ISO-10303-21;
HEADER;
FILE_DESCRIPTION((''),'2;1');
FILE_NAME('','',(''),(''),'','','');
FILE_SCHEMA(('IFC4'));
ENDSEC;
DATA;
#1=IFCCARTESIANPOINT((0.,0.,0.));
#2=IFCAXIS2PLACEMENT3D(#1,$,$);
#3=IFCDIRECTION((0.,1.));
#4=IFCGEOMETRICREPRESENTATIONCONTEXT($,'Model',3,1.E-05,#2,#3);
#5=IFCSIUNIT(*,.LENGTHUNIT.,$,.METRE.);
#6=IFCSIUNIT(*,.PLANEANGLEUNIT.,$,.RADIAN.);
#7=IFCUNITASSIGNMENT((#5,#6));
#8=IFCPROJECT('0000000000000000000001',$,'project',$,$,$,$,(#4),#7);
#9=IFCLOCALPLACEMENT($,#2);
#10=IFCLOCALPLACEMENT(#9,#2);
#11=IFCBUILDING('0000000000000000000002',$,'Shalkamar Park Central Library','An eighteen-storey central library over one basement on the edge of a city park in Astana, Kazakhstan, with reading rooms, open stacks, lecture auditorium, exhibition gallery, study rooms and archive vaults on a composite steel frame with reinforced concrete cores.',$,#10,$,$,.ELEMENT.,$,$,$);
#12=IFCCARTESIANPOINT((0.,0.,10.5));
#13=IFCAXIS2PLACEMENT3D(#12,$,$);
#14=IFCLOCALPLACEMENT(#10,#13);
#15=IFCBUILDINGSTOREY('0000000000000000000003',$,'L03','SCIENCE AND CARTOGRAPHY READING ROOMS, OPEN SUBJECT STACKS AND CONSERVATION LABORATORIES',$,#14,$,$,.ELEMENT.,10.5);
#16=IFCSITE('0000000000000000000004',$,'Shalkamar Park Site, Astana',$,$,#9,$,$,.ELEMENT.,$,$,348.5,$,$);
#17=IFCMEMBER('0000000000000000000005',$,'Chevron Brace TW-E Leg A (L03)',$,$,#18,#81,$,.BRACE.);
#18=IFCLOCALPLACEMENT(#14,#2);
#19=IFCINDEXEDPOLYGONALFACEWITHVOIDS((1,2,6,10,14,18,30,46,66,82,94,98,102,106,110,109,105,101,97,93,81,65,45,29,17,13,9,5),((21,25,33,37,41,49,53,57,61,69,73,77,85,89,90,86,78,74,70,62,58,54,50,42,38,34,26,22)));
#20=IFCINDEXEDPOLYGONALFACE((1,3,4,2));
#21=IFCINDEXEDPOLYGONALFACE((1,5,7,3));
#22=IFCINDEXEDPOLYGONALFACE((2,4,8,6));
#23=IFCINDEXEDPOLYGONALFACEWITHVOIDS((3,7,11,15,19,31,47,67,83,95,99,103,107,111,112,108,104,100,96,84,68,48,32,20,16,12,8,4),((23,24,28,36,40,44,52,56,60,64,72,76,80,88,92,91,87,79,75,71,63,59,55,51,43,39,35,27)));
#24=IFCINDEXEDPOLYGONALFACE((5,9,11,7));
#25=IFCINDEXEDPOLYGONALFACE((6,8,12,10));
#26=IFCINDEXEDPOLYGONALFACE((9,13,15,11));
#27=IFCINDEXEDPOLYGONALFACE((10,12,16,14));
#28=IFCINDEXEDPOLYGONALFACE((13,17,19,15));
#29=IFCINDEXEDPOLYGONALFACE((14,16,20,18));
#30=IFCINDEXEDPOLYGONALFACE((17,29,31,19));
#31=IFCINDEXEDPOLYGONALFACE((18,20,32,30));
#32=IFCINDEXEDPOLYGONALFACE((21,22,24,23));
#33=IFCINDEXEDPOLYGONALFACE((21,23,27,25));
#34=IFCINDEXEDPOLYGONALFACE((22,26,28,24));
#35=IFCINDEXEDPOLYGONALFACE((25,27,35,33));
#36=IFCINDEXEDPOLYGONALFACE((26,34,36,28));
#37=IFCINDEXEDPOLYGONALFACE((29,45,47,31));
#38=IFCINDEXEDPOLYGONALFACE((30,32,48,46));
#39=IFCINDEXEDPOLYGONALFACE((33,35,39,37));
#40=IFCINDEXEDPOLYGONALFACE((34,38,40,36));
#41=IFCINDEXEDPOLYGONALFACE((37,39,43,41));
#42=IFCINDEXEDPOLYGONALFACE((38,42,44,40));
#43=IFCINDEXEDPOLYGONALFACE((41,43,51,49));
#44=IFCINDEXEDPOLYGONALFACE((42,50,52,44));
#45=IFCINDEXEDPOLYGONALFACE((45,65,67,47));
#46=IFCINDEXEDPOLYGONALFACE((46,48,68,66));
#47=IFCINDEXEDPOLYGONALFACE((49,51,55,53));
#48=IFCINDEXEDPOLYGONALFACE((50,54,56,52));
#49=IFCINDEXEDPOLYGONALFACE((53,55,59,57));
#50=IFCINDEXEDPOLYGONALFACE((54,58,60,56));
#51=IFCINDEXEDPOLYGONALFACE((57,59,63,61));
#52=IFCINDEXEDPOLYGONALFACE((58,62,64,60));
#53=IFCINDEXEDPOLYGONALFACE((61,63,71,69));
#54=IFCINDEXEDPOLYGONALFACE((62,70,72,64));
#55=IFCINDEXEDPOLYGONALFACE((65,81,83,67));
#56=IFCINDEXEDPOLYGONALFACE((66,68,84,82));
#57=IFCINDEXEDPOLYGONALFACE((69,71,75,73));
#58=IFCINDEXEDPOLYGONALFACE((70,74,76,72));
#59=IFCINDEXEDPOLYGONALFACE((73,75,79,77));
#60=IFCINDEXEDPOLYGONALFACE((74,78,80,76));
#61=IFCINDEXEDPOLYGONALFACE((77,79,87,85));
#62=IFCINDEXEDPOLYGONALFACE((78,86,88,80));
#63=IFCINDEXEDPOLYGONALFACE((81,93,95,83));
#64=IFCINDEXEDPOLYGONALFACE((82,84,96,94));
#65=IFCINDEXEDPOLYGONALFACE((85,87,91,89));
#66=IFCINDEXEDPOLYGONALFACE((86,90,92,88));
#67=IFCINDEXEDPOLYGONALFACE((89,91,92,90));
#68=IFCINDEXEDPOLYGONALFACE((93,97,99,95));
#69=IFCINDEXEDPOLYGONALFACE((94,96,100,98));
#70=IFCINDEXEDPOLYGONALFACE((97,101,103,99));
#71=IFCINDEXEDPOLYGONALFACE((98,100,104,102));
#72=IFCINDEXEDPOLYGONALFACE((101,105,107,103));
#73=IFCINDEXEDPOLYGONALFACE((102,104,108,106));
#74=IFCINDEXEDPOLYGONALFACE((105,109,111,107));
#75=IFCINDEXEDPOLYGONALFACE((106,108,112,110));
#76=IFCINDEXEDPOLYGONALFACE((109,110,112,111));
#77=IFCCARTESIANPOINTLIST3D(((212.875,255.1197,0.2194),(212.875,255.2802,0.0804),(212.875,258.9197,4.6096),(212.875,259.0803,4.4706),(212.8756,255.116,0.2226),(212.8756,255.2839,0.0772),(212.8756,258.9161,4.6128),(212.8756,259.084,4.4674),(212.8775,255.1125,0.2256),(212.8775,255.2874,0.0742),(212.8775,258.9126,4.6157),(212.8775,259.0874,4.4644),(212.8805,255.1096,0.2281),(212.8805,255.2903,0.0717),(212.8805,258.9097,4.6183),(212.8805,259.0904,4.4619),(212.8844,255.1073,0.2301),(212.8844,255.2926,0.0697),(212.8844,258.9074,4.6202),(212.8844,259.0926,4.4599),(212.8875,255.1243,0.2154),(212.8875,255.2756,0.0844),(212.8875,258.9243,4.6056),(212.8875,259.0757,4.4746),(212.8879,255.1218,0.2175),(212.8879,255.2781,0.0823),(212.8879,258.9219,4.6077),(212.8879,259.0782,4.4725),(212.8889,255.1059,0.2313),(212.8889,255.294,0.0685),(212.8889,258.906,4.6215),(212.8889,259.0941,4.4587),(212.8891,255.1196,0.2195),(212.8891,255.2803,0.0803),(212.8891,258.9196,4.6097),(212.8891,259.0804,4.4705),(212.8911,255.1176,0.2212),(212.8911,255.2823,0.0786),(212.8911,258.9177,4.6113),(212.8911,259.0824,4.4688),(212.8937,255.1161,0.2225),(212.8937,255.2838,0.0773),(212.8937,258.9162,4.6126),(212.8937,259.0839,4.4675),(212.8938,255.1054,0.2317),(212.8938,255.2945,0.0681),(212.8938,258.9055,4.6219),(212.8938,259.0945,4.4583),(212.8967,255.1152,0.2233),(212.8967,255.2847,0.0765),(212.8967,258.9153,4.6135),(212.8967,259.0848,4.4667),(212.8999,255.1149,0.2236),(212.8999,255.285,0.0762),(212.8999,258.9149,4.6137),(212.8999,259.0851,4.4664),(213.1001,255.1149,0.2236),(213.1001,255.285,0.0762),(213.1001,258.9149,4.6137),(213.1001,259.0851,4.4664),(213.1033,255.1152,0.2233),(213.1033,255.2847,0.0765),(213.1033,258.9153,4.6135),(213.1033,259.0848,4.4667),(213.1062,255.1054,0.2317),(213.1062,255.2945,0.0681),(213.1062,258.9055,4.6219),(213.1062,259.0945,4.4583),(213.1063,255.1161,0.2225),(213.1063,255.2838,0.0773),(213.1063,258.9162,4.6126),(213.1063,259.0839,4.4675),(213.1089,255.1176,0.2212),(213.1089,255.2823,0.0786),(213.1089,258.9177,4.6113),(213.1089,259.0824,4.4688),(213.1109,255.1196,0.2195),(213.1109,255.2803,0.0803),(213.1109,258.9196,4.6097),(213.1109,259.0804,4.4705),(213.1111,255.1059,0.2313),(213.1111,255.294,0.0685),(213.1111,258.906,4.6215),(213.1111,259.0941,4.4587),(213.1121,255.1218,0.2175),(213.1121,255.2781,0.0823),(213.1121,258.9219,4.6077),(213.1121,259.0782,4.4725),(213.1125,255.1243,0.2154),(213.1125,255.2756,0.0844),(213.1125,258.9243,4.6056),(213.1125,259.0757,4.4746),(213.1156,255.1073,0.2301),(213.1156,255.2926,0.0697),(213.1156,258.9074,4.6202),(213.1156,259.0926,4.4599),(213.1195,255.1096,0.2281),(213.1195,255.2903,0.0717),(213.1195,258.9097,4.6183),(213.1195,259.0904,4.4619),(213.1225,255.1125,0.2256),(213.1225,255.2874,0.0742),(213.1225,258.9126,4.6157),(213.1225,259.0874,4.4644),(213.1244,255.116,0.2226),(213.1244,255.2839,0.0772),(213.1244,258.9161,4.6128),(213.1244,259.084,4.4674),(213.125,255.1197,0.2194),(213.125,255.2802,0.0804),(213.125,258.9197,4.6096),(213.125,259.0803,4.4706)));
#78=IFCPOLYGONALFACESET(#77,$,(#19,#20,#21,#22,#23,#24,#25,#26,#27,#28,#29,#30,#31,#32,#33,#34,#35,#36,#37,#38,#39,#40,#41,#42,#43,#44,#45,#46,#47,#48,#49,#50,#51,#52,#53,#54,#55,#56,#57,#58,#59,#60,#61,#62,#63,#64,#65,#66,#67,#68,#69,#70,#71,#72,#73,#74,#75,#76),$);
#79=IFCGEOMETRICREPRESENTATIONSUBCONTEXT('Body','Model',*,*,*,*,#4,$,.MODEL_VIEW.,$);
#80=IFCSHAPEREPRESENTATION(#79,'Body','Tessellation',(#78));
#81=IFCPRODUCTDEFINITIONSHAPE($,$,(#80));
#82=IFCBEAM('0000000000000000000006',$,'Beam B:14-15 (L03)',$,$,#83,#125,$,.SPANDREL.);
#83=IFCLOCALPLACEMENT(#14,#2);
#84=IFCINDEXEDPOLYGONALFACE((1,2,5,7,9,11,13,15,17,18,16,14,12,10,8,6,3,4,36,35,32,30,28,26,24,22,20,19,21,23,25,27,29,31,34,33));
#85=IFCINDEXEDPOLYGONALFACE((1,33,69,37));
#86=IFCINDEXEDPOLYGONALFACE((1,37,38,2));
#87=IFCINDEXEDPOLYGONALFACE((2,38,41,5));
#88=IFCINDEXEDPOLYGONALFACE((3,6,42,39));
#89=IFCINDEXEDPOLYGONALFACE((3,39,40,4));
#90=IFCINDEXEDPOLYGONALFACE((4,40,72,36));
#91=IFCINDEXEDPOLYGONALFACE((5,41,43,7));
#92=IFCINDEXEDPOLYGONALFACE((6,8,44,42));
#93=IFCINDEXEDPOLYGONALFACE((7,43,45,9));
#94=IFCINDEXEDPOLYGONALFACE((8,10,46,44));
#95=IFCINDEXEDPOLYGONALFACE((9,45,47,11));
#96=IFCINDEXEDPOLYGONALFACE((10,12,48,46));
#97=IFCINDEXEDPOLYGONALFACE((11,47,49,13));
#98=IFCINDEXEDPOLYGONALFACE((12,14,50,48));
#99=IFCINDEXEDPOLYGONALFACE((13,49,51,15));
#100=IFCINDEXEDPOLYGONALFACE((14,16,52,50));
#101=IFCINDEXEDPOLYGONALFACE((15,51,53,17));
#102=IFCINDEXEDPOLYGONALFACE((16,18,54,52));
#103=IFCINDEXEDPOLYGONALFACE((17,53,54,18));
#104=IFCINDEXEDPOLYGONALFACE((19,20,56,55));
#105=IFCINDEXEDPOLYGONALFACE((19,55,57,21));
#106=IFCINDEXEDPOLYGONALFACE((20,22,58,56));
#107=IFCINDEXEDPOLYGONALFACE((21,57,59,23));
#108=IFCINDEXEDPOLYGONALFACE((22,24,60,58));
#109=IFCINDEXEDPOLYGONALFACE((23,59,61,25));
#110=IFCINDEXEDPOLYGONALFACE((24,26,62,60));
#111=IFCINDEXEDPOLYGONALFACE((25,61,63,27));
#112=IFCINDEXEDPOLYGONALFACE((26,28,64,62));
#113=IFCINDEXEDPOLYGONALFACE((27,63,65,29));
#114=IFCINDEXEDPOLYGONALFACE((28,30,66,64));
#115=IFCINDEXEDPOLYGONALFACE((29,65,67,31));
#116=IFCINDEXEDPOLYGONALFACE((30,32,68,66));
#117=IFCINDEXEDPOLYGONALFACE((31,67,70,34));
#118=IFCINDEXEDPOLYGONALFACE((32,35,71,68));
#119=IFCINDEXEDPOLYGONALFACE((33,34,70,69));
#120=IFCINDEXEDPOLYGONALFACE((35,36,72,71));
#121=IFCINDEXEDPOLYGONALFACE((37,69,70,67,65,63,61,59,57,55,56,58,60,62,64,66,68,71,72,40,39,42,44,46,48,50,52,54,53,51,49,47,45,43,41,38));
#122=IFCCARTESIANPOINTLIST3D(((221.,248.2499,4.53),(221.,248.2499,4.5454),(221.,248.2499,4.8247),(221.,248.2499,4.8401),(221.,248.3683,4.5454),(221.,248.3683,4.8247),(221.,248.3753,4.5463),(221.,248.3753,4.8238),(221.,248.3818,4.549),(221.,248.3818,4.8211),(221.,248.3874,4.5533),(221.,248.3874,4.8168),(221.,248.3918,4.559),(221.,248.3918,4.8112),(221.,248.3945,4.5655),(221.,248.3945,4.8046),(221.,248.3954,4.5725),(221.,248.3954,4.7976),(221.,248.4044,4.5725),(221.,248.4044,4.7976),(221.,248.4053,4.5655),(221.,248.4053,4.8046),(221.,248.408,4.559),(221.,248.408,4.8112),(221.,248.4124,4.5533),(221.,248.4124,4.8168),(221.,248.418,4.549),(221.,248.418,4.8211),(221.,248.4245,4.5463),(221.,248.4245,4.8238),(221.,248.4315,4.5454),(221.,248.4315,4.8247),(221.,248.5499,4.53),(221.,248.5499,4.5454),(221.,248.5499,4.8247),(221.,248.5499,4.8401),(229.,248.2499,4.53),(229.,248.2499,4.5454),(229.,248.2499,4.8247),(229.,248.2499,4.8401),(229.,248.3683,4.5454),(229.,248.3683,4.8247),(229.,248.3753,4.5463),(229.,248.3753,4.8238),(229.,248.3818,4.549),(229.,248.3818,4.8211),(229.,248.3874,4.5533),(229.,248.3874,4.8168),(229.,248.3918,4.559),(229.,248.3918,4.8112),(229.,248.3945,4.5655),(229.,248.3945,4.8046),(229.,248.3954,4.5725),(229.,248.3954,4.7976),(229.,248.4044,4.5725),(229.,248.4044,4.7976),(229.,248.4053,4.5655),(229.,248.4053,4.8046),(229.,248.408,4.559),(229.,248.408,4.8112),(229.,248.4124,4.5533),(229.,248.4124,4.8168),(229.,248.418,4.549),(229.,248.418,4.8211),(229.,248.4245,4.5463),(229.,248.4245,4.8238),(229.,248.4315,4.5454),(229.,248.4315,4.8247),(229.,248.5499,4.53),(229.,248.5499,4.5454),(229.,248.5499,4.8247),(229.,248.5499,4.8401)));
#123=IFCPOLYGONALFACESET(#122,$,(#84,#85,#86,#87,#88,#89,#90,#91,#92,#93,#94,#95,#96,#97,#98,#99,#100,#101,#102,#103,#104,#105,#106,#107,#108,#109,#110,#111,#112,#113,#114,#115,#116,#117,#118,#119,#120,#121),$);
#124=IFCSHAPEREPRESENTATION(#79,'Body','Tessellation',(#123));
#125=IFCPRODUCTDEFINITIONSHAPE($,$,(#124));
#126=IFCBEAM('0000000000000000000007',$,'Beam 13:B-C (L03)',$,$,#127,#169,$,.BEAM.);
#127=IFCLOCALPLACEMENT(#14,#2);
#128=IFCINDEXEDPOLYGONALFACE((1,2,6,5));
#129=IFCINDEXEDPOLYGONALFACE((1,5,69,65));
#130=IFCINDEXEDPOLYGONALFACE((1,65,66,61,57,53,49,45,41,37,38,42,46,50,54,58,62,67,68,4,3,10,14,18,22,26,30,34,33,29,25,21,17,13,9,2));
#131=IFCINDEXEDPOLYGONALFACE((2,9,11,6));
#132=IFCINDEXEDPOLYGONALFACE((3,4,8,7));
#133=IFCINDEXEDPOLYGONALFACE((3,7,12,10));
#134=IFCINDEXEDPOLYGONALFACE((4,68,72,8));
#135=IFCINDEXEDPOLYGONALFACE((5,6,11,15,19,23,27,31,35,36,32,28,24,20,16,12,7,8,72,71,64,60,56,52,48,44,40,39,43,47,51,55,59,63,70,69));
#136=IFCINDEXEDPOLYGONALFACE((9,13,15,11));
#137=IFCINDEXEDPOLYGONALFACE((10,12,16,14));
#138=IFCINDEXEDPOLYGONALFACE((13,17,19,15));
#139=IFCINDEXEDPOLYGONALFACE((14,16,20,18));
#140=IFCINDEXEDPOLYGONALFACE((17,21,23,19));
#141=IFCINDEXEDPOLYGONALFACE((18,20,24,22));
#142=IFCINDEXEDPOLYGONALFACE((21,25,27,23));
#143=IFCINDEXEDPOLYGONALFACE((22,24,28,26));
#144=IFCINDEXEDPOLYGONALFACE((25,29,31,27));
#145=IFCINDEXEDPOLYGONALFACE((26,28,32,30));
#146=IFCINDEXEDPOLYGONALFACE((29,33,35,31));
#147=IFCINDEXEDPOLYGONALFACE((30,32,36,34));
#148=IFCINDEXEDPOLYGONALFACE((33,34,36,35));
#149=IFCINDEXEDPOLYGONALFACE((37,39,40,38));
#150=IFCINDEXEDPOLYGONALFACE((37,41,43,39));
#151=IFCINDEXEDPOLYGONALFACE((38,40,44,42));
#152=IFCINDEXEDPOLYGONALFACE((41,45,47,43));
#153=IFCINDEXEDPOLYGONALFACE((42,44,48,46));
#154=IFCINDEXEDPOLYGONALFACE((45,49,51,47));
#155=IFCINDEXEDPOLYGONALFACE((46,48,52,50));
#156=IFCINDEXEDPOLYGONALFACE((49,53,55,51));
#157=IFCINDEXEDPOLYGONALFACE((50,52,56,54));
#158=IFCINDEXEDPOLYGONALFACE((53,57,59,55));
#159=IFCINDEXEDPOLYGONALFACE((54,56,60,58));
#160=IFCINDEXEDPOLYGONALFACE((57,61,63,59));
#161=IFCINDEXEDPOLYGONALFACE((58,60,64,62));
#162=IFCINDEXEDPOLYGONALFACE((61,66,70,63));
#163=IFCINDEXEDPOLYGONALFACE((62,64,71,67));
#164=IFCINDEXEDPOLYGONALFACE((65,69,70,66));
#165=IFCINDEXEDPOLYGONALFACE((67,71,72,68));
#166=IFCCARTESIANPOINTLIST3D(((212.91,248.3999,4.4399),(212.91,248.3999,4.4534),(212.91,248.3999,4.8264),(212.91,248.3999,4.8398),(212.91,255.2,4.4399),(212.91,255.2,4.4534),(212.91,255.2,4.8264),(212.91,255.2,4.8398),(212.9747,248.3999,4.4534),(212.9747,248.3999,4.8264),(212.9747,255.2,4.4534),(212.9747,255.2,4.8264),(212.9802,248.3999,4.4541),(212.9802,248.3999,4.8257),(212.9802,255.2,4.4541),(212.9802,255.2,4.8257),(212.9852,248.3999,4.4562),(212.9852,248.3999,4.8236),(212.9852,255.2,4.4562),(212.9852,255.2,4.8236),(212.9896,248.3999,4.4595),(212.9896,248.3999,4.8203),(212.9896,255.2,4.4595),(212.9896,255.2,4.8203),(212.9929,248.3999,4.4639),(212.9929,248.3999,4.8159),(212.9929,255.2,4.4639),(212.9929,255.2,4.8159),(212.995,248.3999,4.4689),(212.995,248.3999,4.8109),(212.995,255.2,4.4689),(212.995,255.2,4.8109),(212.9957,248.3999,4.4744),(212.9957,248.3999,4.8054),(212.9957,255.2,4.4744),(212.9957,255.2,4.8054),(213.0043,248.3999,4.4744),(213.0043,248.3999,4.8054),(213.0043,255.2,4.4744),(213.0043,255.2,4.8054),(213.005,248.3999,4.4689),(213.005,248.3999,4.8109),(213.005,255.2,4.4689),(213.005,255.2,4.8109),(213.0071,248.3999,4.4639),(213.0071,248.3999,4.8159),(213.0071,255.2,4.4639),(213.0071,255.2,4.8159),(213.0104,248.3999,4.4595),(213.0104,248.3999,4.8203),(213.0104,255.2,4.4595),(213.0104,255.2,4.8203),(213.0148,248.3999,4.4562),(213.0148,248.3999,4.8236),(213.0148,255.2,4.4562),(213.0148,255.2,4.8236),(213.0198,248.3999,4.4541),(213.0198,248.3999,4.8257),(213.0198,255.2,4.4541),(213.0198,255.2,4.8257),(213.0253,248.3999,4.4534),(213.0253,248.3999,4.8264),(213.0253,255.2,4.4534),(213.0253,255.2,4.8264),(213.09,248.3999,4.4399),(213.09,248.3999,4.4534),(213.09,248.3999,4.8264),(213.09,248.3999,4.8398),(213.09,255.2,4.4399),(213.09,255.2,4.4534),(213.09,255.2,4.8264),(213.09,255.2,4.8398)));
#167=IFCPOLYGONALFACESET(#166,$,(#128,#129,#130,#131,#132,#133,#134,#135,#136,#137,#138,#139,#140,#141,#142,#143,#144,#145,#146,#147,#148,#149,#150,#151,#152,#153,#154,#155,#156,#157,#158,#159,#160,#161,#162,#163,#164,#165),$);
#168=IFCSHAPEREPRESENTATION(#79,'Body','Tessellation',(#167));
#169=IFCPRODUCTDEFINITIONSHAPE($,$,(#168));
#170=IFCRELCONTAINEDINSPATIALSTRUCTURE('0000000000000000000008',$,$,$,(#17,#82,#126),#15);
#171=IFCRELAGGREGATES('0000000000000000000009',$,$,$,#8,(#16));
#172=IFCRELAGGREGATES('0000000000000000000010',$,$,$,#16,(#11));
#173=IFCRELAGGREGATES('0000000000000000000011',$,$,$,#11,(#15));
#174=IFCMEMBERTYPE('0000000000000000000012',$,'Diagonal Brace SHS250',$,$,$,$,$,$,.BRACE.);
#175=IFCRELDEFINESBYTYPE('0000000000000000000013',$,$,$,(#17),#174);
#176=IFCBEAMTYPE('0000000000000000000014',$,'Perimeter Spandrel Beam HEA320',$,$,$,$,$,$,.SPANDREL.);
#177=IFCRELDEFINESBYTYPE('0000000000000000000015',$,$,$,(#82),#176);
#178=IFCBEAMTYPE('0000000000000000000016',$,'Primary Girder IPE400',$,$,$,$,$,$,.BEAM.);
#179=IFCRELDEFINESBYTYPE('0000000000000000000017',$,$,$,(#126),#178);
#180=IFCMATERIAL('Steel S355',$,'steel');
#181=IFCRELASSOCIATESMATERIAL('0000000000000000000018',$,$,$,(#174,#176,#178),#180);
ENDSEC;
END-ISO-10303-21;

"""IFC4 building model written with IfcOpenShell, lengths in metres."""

from ifc_helpers import new_model, si_unit, direction, frame, origin, origin_2d, place, context, subcontext, project, spatial, hollow_rectangle, i_section, extrude, material, material_profile, profile_set, type_object, element, save


model = new_model("IFC4")

# Units and contexts
model_context = context("Model", 3, precision=1e-05, world=origin(), true_north=direction((0.0, 1.0)))
body_context = subcontext(model_context, "Body", "Model", "MODEL_VIEW")
ifc_project = project(units=[si_unit("LENGTHUNIT", "METRE"), si_unit("PLANEANGLEUNIT", "RADIAN")], contexts=[model_context])

# Site, building, storey
site_placement = place(None, origin())
site = spatial("IfcSite", under=ifc_project, at=site_placement, Name="Shalkamar Park Site, Astana", CompositionType="ELEMENT", RefElevation=348.5)
building_placement = place(site_placement, origin())
building = spatial("IfcBuilding", under=site, at=building_placement, Name="Shalkamar Park Central Library", Description="An eighteen-storey central library over one basement on the edge of a city park in Astana, Kazakhstan, with reading rooms, open stacks, lecture auditorium, exhibition gallery, study rooms and archive vaults on a composite steel frame with reinforced concrete cores.", CompositionType="ELEMENT")
storey_placement = place(building_placement, frame((0.0, 0.0, 10.5)))
storey = spatial("IfcBuildingStorey", under=building, at=storey_placement, Name="L03", Description="SCIENCE AND CARTOGRAPHY READING ROOMS, OPEN SUBJECT STACKS AND CONSERVATION LABORATORIES", CompositionType="ELEMENT", Elevation=10.5)

# Shared definitions
ifc_material_1 = material(Name="Steel S355", Category="steel")

# Member
ifc_material_profile_1 = material_profile(ifc_material_1, hollow_rectangle(XDim=0.25, YDim=0.25, WallThickness=0.0125, InnerFilletRadius=0.0125, OuterFilletRadius=0.0188, at=origin_2d()), Name="SHS 250x250x12.5")
ifc_profile_set_1 = profile_set([ifc_material_profile_1], Name="Steel S355")
member_type_1 = type_object("IfcMemberType", Name="Diagonal Brace SHS250", PredefinedType="BRACE", material=ifc_profile_set_1)
member_1_placement = place(storey_placement, frame((213.0, 255.2, 0.1499), z_axis=(0.0, 0.654465, 0.756093), x_axis=(-1.0, 0.0, 0.0)))
element("IfcMember", 1, at=member_1_placement, inside=storey, type_object=member_type_1, Name="Chevron Brace TW-E Leg A (L03)", PredefinedType="BRACE", context=body_context, shape_type="SweptSolid", body=[
    extrude(hollow_rectangle(XDim=0.25, YDim=0.25, WallThickness=0.0125, InnerFilletRadius=0.0125, OuterFilletRadius=0.0188, at=origin_2d()), origin(), (0.0, 0.0, 1.0), 5.8064),
])

# Beams
ifc_material_profile_2 = material_profile(ifc_material_1, i_section(OverallWidth=0.3, OverallDepth=0.3101, WebThickness=0.009, FlangeThickness=0.0154, FilletRadius=0.0271, at=origin_2d()), Name="HEA 320")
ifc_profile_set_2 = profile_set([ifc_material_profile_2], Name="Steel S355")
beam_type_1 = type_object("IfcBeamType", Name="Perimeter Spandrel Beam HEA320", PredefinedType="SPANDREL", material=ifc_profile_set_2)
beam_1_placement = place(storey_placement, frame((221.0, 248.3999, 4.6851), z_axis=(1.0, 0.0, 0.0), x_axis=(0.0, 1.0, 0.0)))
element("IfcBeam", 2, at=beam_1_placement, inside=storey, type_object=beam_type_1, Name="Beam B:14-15 (L03)", PredefinedType="SPANDREL", context=body_context, shape_type="SweptSolid", body=[
    extrude(i_section(OverallWidth=0.3, OverallDepth=0.3101, WebThickness=0.009, FlangeThickness=0.0154, FilletRadius=0.0271, at=origin_2d()), origin(), (0.0, 0.0, 1.0), 8.0),
])
ifc_material_profile_3 = material_profile(ifc_material_1, i_section(OverallWidth=0.1799, OverallDepth=0.3999, WebThickness=0.0085, FlangeThickness=0.0134, FilletRadius=0.021, at=origin_2d()), Name="IPE 400")
ifc_profile_set_3 = profile_set([ifc_material_profile_3], Name="Steel S355")
beam_type_2 = type_object("IfcBeamType", Name="Primary Girder IPE400", PredefinedType="BEAM", material=ifc_profile_set_3)
beam_2_placement = place(storey_placement, frame((213.0, 248.3999, 4.6399), z_axis=(0.0, 1.0, 0.0), x_axis=(-1.0, 0.0, 0.0)))
element("IfcBeam", 3, at=beam_2_placement, inside=storey, type_object=beam_type_2, Name="Beam 13:B-C (L03)", PredefinedType="BEAM", context=body_context, shape_type="SweptSolid", body=[
    extrude(i_section(OverallWidth=0.1799, OverallDepth=0.3999, WebThickness=0.0085, FlangeThickness=0.0134, FilletRadius=0.021, at=origin_2d()), origin(), (0.0, 0.0, 1.0), 6.8),
])

save(model, "model.ifc")
